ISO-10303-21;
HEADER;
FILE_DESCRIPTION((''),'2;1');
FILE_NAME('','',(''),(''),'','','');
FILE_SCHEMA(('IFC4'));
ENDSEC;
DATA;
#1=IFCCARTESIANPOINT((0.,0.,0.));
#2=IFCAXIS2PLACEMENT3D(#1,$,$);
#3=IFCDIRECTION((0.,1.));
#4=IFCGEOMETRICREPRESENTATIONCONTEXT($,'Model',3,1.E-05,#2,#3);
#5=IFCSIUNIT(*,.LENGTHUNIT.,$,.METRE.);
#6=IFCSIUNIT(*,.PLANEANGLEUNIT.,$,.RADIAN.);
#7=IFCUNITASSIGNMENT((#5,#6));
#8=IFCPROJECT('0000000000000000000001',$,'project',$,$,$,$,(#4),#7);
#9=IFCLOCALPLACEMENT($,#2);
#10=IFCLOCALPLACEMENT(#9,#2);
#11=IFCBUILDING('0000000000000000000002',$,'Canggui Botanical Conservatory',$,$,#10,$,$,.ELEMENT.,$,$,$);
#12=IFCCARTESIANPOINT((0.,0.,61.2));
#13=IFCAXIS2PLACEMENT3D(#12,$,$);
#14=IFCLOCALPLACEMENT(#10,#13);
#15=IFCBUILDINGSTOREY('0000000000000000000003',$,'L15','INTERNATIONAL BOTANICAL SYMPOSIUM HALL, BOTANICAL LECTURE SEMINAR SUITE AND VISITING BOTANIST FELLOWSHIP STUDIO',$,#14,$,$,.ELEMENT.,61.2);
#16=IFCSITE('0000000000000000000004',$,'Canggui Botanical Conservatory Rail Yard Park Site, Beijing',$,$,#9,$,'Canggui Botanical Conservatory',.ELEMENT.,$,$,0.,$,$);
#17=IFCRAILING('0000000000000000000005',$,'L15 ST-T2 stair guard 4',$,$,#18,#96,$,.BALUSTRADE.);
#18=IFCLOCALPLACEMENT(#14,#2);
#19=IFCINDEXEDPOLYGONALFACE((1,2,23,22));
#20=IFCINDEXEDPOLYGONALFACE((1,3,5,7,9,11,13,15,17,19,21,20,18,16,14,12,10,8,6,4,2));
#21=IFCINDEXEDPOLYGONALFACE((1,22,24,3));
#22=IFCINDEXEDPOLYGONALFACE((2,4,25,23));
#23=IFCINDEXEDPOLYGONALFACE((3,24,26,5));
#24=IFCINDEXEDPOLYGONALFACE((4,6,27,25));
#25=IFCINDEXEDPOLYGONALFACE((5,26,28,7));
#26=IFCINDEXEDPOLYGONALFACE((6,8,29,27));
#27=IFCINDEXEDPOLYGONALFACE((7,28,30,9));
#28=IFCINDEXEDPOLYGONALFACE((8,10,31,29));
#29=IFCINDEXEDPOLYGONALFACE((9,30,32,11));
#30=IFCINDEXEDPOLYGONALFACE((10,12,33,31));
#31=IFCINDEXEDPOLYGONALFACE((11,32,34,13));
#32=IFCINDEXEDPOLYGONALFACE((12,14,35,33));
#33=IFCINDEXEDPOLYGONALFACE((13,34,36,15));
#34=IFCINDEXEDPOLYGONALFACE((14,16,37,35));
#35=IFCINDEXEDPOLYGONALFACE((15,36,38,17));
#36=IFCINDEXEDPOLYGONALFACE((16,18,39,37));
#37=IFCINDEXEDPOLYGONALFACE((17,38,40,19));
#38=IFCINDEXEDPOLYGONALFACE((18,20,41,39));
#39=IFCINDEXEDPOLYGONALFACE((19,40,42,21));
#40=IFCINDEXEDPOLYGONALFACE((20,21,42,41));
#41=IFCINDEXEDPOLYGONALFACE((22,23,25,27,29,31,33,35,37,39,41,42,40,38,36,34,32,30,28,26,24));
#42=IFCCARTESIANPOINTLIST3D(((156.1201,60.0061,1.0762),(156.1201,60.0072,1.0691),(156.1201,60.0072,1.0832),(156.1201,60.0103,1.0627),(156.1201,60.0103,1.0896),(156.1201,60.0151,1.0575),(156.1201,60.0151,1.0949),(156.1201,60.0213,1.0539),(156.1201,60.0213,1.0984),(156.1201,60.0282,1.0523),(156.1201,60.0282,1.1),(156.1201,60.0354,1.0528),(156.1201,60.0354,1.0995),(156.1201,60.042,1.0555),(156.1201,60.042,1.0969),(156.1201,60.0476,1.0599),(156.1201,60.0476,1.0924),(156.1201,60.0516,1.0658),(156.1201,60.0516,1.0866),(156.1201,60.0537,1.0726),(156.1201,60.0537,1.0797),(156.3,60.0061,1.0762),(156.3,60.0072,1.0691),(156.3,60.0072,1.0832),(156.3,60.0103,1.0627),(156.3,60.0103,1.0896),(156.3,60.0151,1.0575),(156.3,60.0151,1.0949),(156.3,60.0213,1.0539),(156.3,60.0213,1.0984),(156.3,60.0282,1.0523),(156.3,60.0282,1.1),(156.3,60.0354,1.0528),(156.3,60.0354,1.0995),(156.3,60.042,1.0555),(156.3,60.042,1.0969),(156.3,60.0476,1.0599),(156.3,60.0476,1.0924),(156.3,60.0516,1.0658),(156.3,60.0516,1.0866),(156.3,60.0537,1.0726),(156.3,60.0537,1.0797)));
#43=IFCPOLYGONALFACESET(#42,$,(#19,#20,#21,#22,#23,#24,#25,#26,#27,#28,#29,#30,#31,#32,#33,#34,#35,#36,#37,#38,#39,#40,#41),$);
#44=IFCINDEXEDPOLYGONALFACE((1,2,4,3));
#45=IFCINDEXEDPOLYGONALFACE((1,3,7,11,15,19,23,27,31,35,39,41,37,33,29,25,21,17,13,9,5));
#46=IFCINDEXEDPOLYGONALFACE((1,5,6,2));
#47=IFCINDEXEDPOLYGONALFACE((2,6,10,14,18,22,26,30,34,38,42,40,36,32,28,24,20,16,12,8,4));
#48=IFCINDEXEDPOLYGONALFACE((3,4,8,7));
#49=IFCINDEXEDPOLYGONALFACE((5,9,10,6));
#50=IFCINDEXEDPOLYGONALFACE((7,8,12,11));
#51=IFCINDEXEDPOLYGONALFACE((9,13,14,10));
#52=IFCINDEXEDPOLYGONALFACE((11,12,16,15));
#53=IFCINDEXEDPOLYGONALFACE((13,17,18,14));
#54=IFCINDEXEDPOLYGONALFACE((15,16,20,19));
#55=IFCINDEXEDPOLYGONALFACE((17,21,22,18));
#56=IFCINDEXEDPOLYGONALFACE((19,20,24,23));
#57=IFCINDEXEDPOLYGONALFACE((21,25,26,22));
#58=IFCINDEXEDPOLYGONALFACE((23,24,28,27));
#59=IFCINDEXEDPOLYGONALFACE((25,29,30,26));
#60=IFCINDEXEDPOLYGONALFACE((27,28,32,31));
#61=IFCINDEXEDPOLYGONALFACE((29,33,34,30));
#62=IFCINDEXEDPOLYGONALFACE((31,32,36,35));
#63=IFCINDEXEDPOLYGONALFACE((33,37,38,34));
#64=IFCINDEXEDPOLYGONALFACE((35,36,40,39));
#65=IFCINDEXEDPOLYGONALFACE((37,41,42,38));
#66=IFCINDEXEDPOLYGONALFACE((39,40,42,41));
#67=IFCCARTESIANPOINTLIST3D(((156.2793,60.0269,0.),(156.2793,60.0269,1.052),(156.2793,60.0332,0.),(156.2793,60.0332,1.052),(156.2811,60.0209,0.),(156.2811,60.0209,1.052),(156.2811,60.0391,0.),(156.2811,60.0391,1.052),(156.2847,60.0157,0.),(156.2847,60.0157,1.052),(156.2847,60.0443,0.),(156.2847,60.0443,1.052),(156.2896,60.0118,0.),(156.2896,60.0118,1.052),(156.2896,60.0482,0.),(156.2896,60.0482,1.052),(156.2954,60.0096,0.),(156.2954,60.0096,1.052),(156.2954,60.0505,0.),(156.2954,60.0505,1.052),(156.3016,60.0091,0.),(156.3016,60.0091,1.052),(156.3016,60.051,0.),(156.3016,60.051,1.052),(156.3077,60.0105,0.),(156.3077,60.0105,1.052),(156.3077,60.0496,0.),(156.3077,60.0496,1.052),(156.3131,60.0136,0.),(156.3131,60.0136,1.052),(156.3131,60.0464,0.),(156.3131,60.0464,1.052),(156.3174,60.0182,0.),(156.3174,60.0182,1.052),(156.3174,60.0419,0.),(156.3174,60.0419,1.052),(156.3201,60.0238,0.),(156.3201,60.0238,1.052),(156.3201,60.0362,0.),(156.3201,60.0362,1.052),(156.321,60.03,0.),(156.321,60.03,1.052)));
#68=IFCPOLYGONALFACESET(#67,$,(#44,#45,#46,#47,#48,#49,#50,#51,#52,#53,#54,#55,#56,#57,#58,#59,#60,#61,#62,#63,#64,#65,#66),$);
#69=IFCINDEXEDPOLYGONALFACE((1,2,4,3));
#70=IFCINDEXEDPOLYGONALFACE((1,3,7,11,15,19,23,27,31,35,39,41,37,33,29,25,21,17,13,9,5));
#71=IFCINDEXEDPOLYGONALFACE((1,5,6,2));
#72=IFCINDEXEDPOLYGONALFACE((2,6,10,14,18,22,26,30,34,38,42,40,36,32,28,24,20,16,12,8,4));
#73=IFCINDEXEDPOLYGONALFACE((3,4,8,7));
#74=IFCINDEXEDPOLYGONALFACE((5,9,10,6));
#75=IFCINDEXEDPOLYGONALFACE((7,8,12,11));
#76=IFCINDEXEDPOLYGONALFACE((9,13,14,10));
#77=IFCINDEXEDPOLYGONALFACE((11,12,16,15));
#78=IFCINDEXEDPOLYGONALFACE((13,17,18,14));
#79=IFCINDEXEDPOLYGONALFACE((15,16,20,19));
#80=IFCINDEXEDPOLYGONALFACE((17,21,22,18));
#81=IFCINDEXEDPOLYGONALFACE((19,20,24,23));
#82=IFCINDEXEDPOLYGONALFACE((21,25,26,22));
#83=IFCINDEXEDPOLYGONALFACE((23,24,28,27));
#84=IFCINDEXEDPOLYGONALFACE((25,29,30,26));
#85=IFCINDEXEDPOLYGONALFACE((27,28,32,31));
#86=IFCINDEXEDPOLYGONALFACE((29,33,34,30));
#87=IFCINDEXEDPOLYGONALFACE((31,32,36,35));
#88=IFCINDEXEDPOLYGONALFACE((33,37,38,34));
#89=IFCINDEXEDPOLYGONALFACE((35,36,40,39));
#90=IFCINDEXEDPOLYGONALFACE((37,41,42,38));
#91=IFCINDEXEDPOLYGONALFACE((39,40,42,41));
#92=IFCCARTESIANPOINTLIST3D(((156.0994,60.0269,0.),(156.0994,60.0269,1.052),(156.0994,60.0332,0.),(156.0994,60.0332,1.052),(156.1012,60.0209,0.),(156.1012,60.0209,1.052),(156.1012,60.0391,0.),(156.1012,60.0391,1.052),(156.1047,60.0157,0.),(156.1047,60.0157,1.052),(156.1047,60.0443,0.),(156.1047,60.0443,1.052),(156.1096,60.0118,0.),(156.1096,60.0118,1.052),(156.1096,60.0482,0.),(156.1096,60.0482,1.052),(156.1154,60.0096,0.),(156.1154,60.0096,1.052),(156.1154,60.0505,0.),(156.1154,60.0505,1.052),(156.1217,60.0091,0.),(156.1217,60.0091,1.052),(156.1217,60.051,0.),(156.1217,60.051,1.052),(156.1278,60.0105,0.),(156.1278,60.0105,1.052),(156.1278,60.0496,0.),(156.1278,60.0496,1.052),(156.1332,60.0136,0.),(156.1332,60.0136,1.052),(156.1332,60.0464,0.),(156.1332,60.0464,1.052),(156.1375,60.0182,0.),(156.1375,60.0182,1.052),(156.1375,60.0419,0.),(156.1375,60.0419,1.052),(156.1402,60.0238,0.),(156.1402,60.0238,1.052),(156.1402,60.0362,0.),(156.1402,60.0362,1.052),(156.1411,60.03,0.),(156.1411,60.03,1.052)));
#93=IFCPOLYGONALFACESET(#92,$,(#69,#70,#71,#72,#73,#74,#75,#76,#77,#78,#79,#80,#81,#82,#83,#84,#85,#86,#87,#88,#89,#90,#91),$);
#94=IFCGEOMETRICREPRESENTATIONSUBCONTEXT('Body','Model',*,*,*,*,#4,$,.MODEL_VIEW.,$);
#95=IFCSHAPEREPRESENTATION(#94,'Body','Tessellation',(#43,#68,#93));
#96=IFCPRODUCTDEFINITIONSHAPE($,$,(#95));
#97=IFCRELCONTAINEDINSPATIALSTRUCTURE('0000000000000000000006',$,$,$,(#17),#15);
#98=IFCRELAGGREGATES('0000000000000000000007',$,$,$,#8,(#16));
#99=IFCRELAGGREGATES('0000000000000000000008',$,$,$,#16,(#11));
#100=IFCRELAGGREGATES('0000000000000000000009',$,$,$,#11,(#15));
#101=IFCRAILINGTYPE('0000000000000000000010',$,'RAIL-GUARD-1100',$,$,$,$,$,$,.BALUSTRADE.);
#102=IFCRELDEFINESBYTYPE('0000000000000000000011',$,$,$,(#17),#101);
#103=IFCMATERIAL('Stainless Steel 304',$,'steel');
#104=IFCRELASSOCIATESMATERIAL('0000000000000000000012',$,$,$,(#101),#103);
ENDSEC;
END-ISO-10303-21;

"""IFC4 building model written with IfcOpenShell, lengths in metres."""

from ifc_helpers import new_model, si_unit, direction, frame, origin, origin_2d, place, context, subcontext, project, spatial, circle, extrude, material, type_object, element, save


model = new_model("IFC4")

# Units and contexts
model_context = context("Model", 3, precision=1e-05, world=origin(), true_north=direction((0.0, 1.0)))
body_context = subcontext(model_context, "Body", "Model", "MODEL_VIEW")
ifc_project = project(units=[si_unit("LENGTHUNIT", "METRE"), si_unit("PLANEANGLEUNIT", "RADIAN")], contexts=[model_context])

# Site, building, storey
site_placement = place(None, origin())
site = spatial("IfcSite", under=ifc_project, at=site_placement, Name="Canggui Botanical Conservatory Rail Yard Park Site, Beijing", LongName="Canggui Botanical Conservatory", CompositionType="ELEMENT", RefElevation=0.0)
building_placement = place(site_placement, origin())
building = spatial("IfcBuilding", under=site, at=building_placement, Name="Canggui Botanical Conservatory", CompositionType="ELEMENT")
storey_placement = place(building_placement, frame((0.0, 0.0, 61.2)))
storey = spatial("IfcBuildingStorey", under=building, at=storey_placement, Name="L15", Description="INTERNATIONAL BOTANICAL SYMPOSIUM HALL, BOTANICAL LECTURE SEMINAR SUITE AND VISITING BOTANIST FELLOWSHIP STUDIO", CompositionType="ELEMENT", Elevation=61.2)

# Shared definitions
ifc_material_1 = material(Name="Stainless Steel 304", Category="steel")

# Railing
railing_type_1 = type_object("IfcRailingType", Name="RAIL-GUARD-1100", PredefinedType="BALUSTRADE", material=ifc_material_1)
railing_1_placement = place(storey_placement, frame((156.3, 60.03, 0.0)))
element("IfcRailing", 1, at=railing_1_placement, inside=storey, type_object=railing_type_1, Name="L15 ST-T2 stair guard 4", PredefinedType="BALUSTRADE", context=body_context, shape_type="SweptSolid", body=[
    extrude(circle(Radius=0.0239, at=origin_2d()), frame((0.0, 0.0, 1.0762), z_axis=(-1.0, 0.0, 0.0), x_axis=(0.0, -1.0, 0.0)), (0.0, 0.0, 1.0), 0.1799),
    extrude(circle(Radius=0.021, at=origin_2d()), origin(), (0.0, 0.0, 1.0), 1.052),
    extrude(circle(Radius=0.021, at=origin_2d()), frame((-0.1799, 0.0, 0.0)), (0.0, 0.0, 1.0), 1.052),
])

save(model, "model.ifc")
